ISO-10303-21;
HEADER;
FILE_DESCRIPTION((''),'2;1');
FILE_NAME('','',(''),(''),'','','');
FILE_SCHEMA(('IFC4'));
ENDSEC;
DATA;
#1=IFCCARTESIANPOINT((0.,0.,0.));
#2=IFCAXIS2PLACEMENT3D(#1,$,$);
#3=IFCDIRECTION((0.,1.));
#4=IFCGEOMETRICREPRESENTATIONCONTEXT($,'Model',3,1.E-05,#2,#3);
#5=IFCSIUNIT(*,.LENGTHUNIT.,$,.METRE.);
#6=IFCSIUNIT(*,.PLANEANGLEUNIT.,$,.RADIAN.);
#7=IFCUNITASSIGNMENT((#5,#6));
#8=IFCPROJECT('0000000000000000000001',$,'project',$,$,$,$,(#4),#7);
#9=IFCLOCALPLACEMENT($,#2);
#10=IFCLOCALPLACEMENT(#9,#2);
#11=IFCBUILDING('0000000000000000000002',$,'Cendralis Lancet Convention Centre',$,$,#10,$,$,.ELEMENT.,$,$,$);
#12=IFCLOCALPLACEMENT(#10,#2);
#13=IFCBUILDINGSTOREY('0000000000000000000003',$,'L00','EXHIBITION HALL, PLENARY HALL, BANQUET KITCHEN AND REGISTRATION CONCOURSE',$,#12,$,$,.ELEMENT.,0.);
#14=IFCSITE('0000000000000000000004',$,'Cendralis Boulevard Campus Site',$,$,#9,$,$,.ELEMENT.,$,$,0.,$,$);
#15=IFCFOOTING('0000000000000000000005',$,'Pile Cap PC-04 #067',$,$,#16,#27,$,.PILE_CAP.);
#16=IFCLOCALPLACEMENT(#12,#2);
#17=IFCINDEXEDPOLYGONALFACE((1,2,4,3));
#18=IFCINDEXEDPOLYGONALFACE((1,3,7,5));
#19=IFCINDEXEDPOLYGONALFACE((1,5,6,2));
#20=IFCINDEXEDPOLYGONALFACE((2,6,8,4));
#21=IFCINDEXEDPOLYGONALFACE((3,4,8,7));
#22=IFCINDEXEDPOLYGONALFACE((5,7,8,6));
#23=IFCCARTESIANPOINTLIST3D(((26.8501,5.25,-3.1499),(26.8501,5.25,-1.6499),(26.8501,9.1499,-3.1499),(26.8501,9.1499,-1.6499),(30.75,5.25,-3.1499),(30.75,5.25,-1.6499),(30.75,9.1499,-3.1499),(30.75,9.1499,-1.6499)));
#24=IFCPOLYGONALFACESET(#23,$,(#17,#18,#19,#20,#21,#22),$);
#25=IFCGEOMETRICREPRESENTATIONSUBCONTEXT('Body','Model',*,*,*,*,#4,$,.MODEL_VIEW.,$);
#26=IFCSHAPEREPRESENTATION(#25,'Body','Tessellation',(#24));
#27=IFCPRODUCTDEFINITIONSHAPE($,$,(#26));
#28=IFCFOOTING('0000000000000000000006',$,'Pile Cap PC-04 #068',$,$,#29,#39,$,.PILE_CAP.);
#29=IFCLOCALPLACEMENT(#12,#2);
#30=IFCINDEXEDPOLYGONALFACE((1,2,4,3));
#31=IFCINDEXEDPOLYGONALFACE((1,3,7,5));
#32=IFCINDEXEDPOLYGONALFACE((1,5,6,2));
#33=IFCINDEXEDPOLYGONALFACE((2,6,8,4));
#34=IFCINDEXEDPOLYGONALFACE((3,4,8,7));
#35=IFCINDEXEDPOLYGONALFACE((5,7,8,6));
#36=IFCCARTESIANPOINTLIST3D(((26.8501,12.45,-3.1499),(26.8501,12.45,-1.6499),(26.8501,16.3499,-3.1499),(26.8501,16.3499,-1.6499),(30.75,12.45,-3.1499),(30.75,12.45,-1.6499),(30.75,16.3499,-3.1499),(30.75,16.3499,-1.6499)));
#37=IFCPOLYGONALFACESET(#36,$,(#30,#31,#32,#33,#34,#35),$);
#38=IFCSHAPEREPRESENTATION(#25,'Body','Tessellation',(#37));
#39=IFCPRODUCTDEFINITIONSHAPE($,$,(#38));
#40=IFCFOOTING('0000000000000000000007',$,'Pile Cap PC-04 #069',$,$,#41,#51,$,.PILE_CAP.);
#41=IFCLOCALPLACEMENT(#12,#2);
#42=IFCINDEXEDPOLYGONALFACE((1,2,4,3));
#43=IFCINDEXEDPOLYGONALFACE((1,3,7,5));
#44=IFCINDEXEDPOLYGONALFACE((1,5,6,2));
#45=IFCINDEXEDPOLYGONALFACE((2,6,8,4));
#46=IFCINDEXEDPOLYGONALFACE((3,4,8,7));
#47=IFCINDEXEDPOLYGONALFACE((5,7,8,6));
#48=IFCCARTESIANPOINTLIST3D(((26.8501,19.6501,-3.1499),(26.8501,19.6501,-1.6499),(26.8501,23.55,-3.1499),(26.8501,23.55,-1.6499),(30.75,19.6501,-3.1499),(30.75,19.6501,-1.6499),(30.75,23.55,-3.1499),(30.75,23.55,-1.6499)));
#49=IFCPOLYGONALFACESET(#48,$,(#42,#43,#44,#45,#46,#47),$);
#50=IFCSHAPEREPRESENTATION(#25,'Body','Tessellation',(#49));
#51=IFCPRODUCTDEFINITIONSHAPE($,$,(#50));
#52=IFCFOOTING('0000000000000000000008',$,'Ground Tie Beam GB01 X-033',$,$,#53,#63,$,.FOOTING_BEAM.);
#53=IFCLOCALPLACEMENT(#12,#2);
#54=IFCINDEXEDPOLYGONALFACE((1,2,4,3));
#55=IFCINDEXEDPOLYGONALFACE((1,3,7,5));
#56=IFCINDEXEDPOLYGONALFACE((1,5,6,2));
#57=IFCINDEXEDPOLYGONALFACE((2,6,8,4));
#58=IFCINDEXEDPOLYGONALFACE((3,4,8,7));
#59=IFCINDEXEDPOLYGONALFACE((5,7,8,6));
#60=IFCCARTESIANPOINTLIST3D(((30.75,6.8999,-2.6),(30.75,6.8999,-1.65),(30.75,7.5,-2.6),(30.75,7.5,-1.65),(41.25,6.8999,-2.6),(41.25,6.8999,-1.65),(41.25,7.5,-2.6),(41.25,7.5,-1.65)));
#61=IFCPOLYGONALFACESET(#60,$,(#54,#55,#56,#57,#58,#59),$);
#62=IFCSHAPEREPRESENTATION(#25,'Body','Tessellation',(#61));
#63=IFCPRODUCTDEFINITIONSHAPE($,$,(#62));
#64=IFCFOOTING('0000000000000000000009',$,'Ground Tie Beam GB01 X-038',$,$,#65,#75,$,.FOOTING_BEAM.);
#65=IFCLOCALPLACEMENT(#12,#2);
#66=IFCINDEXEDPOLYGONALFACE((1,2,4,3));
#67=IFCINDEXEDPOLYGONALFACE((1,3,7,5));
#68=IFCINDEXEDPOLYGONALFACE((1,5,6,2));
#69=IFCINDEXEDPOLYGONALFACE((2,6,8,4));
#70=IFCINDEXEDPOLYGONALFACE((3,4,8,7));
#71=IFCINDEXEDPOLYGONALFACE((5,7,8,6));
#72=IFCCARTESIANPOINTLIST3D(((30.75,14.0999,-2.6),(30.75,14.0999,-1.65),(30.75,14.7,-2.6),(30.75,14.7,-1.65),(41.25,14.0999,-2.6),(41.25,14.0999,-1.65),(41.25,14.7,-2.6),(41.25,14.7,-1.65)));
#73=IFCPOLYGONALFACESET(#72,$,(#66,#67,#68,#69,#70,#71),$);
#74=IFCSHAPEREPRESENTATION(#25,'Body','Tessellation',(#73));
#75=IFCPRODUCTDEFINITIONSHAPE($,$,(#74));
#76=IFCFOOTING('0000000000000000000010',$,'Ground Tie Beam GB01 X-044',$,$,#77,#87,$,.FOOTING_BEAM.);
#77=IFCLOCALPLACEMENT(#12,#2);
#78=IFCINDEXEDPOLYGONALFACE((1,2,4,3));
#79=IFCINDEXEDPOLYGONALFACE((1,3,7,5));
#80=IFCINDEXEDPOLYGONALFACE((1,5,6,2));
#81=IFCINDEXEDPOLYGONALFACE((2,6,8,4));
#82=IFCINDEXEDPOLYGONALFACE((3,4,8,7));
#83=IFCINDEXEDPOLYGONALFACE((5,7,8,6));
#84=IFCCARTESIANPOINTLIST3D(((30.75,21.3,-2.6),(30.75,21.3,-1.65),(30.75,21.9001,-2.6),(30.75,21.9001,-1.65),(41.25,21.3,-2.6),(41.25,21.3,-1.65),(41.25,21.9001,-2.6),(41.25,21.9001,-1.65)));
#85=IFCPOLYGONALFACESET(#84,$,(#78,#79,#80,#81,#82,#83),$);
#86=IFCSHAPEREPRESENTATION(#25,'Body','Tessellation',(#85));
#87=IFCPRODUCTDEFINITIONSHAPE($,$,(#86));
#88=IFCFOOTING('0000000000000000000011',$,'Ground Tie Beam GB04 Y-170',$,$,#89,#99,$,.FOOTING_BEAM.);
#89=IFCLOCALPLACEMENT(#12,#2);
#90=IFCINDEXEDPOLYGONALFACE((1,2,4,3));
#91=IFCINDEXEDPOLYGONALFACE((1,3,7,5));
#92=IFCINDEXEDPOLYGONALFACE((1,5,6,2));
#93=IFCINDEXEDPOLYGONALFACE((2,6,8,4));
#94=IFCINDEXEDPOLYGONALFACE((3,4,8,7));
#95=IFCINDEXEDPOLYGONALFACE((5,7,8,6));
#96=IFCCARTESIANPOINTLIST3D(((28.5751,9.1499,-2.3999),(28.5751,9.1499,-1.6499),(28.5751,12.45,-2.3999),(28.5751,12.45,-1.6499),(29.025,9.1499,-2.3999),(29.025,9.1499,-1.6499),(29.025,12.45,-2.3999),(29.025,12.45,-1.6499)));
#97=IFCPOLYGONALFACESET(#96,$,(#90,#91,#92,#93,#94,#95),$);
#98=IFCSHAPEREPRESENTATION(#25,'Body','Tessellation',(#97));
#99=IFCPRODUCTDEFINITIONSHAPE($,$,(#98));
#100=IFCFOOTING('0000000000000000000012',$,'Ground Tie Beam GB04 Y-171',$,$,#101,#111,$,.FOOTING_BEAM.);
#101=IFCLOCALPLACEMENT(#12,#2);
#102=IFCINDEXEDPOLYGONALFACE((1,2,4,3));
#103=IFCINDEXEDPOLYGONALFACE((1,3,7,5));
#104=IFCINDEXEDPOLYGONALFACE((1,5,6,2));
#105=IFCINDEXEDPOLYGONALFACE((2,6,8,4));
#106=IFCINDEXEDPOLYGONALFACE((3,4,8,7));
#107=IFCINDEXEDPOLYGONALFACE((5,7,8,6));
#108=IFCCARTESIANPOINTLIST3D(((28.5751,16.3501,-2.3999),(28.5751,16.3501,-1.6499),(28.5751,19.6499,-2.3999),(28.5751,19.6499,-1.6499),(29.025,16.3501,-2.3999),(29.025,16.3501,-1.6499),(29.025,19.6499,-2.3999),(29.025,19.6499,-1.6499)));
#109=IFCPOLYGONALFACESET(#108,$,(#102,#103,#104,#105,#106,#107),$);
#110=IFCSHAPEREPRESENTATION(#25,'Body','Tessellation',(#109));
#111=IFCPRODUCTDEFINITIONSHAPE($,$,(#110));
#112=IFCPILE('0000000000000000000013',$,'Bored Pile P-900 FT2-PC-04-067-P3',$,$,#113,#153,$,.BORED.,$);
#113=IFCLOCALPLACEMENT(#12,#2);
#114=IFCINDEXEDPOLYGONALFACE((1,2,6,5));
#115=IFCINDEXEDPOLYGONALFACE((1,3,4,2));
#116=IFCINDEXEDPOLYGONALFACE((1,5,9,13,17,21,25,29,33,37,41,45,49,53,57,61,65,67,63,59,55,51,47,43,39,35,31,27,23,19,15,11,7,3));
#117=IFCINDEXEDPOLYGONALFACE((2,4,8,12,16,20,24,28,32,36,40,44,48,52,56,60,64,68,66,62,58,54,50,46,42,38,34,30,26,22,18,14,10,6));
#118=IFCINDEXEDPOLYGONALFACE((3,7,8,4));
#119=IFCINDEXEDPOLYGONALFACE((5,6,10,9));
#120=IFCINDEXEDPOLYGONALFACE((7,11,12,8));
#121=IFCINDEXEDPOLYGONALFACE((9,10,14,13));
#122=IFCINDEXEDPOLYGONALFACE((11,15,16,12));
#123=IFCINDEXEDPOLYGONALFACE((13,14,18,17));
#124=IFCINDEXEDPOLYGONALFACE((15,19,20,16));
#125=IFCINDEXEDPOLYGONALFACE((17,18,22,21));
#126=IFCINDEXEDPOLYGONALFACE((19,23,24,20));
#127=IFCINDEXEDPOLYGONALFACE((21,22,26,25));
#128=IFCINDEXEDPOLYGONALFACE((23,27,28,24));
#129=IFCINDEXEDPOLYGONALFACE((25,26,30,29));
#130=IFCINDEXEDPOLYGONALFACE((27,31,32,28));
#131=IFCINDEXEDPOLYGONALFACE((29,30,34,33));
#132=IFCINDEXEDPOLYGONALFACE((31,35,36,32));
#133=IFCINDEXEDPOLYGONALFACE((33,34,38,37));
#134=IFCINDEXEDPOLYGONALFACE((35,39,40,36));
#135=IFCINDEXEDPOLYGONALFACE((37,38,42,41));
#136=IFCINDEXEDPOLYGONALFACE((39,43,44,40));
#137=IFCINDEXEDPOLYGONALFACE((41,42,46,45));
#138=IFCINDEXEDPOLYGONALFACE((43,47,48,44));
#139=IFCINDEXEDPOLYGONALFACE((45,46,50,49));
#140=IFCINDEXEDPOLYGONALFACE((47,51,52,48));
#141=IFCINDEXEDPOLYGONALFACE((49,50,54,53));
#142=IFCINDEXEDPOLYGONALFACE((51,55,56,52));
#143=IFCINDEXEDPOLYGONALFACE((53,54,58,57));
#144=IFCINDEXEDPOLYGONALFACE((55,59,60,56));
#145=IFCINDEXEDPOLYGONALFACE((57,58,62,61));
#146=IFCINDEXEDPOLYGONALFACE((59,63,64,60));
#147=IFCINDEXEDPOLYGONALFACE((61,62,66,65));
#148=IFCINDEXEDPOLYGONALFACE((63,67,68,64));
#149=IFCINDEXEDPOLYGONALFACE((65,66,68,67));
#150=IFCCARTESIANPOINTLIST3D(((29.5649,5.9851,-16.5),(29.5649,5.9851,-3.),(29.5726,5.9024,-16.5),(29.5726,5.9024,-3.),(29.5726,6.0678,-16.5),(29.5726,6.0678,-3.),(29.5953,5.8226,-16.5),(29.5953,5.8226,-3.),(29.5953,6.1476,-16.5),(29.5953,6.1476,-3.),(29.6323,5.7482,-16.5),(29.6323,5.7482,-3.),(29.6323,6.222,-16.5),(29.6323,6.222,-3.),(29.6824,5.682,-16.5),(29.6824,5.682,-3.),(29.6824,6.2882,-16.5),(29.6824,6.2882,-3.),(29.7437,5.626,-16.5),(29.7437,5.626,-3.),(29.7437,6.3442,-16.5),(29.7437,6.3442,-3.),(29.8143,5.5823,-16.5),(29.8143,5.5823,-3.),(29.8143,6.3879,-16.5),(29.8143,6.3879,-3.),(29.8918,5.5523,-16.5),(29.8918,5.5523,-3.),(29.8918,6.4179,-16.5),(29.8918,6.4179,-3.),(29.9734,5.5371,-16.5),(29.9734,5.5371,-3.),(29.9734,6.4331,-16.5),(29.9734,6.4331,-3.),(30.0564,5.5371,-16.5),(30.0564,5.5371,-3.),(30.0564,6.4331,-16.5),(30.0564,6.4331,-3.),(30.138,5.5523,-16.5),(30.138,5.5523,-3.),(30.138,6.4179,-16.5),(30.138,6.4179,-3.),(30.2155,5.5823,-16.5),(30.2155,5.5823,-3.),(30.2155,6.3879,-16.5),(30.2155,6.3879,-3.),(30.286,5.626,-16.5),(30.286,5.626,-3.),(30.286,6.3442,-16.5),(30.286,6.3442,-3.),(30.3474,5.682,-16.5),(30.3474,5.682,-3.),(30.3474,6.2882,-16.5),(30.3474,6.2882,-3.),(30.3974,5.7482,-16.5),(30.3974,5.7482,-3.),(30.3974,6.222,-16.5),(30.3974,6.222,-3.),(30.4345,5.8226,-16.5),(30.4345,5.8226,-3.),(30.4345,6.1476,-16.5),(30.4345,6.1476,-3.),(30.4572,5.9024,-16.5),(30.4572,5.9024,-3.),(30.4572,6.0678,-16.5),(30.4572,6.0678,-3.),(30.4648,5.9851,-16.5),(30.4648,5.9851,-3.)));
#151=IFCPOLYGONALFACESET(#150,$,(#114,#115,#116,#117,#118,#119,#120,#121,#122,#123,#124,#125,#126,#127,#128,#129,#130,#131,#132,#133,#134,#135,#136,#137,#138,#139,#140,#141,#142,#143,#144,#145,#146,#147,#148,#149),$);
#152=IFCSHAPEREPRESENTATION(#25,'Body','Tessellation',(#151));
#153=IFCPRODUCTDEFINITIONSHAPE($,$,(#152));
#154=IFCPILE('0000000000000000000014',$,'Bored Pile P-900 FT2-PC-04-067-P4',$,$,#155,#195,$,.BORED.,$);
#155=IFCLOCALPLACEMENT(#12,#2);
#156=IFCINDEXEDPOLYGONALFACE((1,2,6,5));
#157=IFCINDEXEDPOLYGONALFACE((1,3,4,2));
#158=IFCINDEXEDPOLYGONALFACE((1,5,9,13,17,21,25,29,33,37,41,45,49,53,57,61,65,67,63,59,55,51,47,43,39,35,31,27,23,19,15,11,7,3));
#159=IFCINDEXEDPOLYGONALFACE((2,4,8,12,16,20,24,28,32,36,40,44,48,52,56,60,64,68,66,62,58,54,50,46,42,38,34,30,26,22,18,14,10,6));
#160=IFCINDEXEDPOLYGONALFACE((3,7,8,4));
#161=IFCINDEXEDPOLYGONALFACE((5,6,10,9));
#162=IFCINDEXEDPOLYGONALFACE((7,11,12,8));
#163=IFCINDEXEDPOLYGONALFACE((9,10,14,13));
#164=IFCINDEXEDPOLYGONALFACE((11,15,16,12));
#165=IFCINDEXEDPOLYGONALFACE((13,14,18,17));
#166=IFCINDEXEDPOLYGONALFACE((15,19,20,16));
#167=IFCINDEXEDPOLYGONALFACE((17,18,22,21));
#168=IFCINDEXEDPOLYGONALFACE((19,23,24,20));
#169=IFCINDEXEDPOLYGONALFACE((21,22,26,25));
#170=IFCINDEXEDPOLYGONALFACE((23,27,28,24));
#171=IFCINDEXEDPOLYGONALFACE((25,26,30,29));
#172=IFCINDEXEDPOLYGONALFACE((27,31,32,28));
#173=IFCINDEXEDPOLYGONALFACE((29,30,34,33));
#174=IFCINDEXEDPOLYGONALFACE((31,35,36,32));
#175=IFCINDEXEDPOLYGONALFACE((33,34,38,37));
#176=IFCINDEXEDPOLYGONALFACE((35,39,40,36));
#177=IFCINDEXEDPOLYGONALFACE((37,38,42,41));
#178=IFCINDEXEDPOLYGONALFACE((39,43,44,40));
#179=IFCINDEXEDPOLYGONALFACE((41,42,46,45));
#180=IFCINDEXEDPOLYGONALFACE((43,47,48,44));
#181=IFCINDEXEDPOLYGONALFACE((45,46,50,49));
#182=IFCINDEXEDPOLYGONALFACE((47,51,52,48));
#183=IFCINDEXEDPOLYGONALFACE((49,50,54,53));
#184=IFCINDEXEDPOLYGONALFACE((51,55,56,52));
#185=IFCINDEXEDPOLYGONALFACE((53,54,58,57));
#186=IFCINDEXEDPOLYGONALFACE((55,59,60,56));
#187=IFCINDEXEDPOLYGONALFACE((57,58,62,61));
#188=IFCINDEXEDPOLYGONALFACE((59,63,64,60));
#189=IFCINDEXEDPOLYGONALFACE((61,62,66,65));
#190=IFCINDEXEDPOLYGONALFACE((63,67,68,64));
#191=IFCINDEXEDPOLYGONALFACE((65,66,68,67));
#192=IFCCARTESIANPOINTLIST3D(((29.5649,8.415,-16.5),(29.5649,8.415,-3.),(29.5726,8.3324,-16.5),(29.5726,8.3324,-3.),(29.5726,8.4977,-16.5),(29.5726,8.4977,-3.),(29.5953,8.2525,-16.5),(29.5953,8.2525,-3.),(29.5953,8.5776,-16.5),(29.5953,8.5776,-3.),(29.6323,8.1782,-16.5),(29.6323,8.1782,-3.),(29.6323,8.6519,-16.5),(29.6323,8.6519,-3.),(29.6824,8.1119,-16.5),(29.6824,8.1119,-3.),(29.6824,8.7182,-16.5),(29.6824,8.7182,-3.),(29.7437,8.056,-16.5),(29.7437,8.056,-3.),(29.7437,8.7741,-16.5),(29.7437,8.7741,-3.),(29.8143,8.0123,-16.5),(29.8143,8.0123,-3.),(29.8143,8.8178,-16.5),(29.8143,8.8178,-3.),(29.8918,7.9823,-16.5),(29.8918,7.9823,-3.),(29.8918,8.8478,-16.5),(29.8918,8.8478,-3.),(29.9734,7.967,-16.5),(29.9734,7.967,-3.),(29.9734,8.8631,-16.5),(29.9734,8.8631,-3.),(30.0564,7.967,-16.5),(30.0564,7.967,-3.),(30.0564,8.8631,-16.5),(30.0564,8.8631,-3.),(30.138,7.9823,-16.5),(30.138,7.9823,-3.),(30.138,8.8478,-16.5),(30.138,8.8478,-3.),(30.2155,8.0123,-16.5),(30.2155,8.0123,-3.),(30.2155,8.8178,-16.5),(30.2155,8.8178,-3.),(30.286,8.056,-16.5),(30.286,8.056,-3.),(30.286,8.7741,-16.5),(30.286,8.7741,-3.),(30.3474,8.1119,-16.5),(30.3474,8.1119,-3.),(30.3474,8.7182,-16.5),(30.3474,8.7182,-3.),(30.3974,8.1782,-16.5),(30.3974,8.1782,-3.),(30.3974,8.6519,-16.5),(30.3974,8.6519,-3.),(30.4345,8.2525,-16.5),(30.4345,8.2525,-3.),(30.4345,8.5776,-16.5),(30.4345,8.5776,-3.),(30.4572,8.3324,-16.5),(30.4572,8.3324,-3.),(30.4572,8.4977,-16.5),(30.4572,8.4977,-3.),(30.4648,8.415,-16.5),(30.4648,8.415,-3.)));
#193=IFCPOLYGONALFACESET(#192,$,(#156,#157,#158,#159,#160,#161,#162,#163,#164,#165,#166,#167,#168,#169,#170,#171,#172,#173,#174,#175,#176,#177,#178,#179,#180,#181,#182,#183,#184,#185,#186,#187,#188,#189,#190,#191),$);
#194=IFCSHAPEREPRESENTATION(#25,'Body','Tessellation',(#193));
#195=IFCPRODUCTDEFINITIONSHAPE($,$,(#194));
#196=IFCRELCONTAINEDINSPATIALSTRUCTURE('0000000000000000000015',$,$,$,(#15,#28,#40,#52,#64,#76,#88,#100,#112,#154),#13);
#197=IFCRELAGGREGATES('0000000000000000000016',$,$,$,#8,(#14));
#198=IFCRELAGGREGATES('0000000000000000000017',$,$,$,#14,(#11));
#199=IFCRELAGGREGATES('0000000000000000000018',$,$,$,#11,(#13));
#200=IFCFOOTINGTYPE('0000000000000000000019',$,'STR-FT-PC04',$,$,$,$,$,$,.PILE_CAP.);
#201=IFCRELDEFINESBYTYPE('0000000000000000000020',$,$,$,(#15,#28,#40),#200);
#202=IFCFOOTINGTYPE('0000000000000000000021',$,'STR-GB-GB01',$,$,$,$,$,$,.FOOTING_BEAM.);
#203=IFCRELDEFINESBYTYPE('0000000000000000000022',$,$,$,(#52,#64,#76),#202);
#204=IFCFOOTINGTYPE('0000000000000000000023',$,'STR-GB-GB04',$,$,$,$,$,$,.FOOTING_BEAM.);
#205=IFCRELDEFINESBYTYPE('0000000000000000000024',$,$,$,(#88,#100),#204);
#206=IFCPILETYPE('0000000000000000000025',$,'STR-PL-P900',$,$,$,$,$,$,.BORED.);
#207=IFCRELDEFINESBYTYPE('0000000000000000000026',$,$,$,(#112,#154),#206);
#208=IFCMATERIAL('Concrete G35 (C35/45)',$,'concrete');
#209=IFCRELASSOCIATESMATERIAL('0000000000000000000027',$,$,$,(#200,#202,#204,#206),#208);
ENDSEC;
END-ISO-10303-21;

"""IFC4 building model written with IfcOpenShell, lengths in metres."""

from ifc_helpers import new_model, si_unit, direction, frame, origin, origin_2d, place, context, subcontext, project, spatial, rectangle, circle, extrude, material, material_profile, profile_set, type_object, element, save


model = new_model("IFC4")

# Units and contexts
model_context = context("Model", 3, precision=1e-05, world=origin(), true_north=direction((0.0, 1.0)))
body_context = subcontext(model_context, "Body", "Model", "MODEL_VIEW")
ifc_project = project(units=[si_unit("LENGTHUNIT", "METRE"), si_unit("PLANEANGLEUNIT", "RADIAN")], contexts=[model_context])

# Site, building, storey
site_placement = place(None, origin())
site = spatial("IfcSite", under=ifc_project, at=site_placement, Name="Cendralis Boulevard Campus Site", CompositionType="ELEMENT", RefElevation=0.0)
building_placement = place(site_placement, origin())
building = spatial("IfcBuilding", under=site, at=building_placement, Name="Cendralis Lancet Convention Centre", CompositionType="ELEMENT")
storey_placement = place(building_placement, origin())
storey = spatial("IfcBuildingStorey", under=building, at=storey_placement, Name="L00", Description="EXHIBITION HALL, PLENARY HALL, BANQUET KITCHEN AND REGISTRATION CONCOURSE", CompositionType="ELEMENT", Elevation=0.0)

# Footings
ifc_material_1 = material(Name="Concrete G35 (C35/45)", Category="concrete")
footing_type_1 = type_object("IfcFootingType", Name="STR-FT-PC04", PredefinedType="PILE_CAP", material=ifc_material_1)
for number, where, z_axis, x_axis, name in (
    (1, (28.8, 7.2, -3.1499), (0.0, 0.0, 1.0), (1.0, 0.0, 0.0), "Pile Cap PC-04 #067"),
    (2, (28.8, 14.3999, -3.1499), (0.0, 0.0, 1.0), (1.0, 0.0, 0.0), "Pile Cap PC-04 #068"),
    (3, (28.8, 21.6001, -3.1499), (0.0, 0.0, 1.0), (1.0, 0.0, 0.0), "Pile Cap PC-04 #069"),
):
    element("IfcFooting", number, at=place(storey_placement, frame(where, z_axis=z_axis, x_axis=x_axis)), inside=storey, type_object=footing_type_1, Name=name, PredefinedType="PILE_CAP", context=body_context, shape_type="SweptSolid", body=[
        extrude(rectangle(XDim=3.8999, YDim=3.8999, at=origin_2d()), origin(), (0.0, 0.0, 1.0), 1.5),
    ])
ifc_material_profile_1 = material_profile(ifc_material_1, rectangle(XDim=0.6001, YDim=0.95, at=origin_2d()), Name="RCB 600x950")
ifc_profile_set_1 = profile_set([ifc_material_profile_1], Name="Concrete G35 (C35/45)")
footing_type_2 = type_object("IfcFootingType", Name="STR-GB-GB01", PredefinedType="FOOTING_BEAM", material=ifc_profile_set_1)
for number, where, z_axis, x_axis, name in (
    (4, (30.75, 7.2, -2.125), (1.0, 0.0, 0.0), (0.0, 1.0, 0.0), "Ground Tie Beam GB01 X-033"),
    (5, (30.75, 14.3999, -2.125), (1.0, 0.0, 0.0), (0.0, 1.0, 0.0), "Ground Tie Beam GB01 X-038"),
    (6, (30.75, 21.6001, -2.125), (1.0, 0.0, 0.0), (0.0, 1.0, 0.0), "Ground Tie Beam GB01 X-044"),
):
    element("IfcFooting", number, at=place(storey_placement, frame(where, z_axis=z_axis, x_axis=x_axis)), inside=storey, type_object=footing_type_2, Name=name, PredefinedType="FOOTING_BEAM", context=body_context, shape_type="SweptSolid", body=[
        extrude(rectangle(XDim=0.6001, YDim=0.95, at=origin_2d()), origin(), (0.0, 0.0, 1.0), 10.5),
    ])
ifc_material_profile_2 = material_profile(ifc_material_1, rectangle(XDim=0.45, YDim=0.75, at=origin_2d()), Name="RCB 450x750")
ifc_profile_set_2 = profile_set([ifc_material_profile_2], Name="Concrete G35 (C35/45)")
footing_type_3 = type_object("IfcFootingType", Name="STR-GB-GB04", PredefinedType="FOOTING_BEAM", material=ifc_profile_set_2)
footing_1_placement = place(storey_placement, frame((28.8, 9.1499, -2.0249), z_axis=(0.0, 1.0, 0.0), x_axis=(-1.0, 0.0, 0.0)))
element("IfcFooting", 7, at=footing_1_placement, inside=storey, type_object=footing_type_3, Name="Ground Tie Beam GB04 Y-170", PredefinedType="FOOTING_BEAM", context=body_context, shape_type="SweptSolid", body=[
    extrude(rectangle(XDim=0.45, YDim=0.75, at=origin_2d()), origin(), (0.0, 0.0, 1.0), 3.3),
])
footing_2_placement = place(storey_placement, frame((28.8, 16.3501, -2.0249), z_axis=(0.0, 1.0, 0.0), x_axis=(-1.0, 0.0, 0.0)))
element("IfcFooting", 8, at=footing_2_placement, inside=storey, type_object=footing_type_3, Name="Ground Tie Beam GB04 Y-171", PredefinedType="FOOTING_BEAM", context=body_context, shape_type="SweptSolid", body=[
    extrude(rectangle(XDim=0.45, YDim=0.75, at=origin_2d()), origin(), (0.0, 0.0, 1.0), 3.2998),
])

# Piles
ifc_material_profile_3 = material_profile(ifc_material_1, circle(Radius=0.45, at=origin_2d()), Name="BORED PILE D900")
ifc_profile_set_3 = profile_set([ifc_material_profile_3], Name="Concrete G35 (C35/45)")
pile_type = type_object("IfcPileType", Name="STR-PL-P900", PredefinedType="BORED", material=ifc_profile_set_3)
for number, where, z_axis, x_axis, name in (
    (9, (30.0149, 5.9851, -3.0), (0.0, 0.0, -1.0), (1.0, 0.0, 0.0), "Bored Pile P-900 FT2-PC-04-067-P3"),
    (10, (30.0149, 8.415, -3.0), (0.0, 0.0, -1.0), (1.0, 0.0, 0.0), "Bored Pile P-900 FT2-PC-04-067-P4"),
):
    element("IfcPile", number, at=place(storey_placement, frame(where, z_axis=z_axis, x_axis=x_axis)), inside=storey, type_object=pile_type, Name=name, PredefinedType="BORED", context=body_context, shape_type="SweptSolid", body=[
        extrude(circle(Radius=0.45, at=origin_2d()), origin(), (0.0, 0.0, 1.0), 13.5),
    ])

save(model, "model.ifc")
